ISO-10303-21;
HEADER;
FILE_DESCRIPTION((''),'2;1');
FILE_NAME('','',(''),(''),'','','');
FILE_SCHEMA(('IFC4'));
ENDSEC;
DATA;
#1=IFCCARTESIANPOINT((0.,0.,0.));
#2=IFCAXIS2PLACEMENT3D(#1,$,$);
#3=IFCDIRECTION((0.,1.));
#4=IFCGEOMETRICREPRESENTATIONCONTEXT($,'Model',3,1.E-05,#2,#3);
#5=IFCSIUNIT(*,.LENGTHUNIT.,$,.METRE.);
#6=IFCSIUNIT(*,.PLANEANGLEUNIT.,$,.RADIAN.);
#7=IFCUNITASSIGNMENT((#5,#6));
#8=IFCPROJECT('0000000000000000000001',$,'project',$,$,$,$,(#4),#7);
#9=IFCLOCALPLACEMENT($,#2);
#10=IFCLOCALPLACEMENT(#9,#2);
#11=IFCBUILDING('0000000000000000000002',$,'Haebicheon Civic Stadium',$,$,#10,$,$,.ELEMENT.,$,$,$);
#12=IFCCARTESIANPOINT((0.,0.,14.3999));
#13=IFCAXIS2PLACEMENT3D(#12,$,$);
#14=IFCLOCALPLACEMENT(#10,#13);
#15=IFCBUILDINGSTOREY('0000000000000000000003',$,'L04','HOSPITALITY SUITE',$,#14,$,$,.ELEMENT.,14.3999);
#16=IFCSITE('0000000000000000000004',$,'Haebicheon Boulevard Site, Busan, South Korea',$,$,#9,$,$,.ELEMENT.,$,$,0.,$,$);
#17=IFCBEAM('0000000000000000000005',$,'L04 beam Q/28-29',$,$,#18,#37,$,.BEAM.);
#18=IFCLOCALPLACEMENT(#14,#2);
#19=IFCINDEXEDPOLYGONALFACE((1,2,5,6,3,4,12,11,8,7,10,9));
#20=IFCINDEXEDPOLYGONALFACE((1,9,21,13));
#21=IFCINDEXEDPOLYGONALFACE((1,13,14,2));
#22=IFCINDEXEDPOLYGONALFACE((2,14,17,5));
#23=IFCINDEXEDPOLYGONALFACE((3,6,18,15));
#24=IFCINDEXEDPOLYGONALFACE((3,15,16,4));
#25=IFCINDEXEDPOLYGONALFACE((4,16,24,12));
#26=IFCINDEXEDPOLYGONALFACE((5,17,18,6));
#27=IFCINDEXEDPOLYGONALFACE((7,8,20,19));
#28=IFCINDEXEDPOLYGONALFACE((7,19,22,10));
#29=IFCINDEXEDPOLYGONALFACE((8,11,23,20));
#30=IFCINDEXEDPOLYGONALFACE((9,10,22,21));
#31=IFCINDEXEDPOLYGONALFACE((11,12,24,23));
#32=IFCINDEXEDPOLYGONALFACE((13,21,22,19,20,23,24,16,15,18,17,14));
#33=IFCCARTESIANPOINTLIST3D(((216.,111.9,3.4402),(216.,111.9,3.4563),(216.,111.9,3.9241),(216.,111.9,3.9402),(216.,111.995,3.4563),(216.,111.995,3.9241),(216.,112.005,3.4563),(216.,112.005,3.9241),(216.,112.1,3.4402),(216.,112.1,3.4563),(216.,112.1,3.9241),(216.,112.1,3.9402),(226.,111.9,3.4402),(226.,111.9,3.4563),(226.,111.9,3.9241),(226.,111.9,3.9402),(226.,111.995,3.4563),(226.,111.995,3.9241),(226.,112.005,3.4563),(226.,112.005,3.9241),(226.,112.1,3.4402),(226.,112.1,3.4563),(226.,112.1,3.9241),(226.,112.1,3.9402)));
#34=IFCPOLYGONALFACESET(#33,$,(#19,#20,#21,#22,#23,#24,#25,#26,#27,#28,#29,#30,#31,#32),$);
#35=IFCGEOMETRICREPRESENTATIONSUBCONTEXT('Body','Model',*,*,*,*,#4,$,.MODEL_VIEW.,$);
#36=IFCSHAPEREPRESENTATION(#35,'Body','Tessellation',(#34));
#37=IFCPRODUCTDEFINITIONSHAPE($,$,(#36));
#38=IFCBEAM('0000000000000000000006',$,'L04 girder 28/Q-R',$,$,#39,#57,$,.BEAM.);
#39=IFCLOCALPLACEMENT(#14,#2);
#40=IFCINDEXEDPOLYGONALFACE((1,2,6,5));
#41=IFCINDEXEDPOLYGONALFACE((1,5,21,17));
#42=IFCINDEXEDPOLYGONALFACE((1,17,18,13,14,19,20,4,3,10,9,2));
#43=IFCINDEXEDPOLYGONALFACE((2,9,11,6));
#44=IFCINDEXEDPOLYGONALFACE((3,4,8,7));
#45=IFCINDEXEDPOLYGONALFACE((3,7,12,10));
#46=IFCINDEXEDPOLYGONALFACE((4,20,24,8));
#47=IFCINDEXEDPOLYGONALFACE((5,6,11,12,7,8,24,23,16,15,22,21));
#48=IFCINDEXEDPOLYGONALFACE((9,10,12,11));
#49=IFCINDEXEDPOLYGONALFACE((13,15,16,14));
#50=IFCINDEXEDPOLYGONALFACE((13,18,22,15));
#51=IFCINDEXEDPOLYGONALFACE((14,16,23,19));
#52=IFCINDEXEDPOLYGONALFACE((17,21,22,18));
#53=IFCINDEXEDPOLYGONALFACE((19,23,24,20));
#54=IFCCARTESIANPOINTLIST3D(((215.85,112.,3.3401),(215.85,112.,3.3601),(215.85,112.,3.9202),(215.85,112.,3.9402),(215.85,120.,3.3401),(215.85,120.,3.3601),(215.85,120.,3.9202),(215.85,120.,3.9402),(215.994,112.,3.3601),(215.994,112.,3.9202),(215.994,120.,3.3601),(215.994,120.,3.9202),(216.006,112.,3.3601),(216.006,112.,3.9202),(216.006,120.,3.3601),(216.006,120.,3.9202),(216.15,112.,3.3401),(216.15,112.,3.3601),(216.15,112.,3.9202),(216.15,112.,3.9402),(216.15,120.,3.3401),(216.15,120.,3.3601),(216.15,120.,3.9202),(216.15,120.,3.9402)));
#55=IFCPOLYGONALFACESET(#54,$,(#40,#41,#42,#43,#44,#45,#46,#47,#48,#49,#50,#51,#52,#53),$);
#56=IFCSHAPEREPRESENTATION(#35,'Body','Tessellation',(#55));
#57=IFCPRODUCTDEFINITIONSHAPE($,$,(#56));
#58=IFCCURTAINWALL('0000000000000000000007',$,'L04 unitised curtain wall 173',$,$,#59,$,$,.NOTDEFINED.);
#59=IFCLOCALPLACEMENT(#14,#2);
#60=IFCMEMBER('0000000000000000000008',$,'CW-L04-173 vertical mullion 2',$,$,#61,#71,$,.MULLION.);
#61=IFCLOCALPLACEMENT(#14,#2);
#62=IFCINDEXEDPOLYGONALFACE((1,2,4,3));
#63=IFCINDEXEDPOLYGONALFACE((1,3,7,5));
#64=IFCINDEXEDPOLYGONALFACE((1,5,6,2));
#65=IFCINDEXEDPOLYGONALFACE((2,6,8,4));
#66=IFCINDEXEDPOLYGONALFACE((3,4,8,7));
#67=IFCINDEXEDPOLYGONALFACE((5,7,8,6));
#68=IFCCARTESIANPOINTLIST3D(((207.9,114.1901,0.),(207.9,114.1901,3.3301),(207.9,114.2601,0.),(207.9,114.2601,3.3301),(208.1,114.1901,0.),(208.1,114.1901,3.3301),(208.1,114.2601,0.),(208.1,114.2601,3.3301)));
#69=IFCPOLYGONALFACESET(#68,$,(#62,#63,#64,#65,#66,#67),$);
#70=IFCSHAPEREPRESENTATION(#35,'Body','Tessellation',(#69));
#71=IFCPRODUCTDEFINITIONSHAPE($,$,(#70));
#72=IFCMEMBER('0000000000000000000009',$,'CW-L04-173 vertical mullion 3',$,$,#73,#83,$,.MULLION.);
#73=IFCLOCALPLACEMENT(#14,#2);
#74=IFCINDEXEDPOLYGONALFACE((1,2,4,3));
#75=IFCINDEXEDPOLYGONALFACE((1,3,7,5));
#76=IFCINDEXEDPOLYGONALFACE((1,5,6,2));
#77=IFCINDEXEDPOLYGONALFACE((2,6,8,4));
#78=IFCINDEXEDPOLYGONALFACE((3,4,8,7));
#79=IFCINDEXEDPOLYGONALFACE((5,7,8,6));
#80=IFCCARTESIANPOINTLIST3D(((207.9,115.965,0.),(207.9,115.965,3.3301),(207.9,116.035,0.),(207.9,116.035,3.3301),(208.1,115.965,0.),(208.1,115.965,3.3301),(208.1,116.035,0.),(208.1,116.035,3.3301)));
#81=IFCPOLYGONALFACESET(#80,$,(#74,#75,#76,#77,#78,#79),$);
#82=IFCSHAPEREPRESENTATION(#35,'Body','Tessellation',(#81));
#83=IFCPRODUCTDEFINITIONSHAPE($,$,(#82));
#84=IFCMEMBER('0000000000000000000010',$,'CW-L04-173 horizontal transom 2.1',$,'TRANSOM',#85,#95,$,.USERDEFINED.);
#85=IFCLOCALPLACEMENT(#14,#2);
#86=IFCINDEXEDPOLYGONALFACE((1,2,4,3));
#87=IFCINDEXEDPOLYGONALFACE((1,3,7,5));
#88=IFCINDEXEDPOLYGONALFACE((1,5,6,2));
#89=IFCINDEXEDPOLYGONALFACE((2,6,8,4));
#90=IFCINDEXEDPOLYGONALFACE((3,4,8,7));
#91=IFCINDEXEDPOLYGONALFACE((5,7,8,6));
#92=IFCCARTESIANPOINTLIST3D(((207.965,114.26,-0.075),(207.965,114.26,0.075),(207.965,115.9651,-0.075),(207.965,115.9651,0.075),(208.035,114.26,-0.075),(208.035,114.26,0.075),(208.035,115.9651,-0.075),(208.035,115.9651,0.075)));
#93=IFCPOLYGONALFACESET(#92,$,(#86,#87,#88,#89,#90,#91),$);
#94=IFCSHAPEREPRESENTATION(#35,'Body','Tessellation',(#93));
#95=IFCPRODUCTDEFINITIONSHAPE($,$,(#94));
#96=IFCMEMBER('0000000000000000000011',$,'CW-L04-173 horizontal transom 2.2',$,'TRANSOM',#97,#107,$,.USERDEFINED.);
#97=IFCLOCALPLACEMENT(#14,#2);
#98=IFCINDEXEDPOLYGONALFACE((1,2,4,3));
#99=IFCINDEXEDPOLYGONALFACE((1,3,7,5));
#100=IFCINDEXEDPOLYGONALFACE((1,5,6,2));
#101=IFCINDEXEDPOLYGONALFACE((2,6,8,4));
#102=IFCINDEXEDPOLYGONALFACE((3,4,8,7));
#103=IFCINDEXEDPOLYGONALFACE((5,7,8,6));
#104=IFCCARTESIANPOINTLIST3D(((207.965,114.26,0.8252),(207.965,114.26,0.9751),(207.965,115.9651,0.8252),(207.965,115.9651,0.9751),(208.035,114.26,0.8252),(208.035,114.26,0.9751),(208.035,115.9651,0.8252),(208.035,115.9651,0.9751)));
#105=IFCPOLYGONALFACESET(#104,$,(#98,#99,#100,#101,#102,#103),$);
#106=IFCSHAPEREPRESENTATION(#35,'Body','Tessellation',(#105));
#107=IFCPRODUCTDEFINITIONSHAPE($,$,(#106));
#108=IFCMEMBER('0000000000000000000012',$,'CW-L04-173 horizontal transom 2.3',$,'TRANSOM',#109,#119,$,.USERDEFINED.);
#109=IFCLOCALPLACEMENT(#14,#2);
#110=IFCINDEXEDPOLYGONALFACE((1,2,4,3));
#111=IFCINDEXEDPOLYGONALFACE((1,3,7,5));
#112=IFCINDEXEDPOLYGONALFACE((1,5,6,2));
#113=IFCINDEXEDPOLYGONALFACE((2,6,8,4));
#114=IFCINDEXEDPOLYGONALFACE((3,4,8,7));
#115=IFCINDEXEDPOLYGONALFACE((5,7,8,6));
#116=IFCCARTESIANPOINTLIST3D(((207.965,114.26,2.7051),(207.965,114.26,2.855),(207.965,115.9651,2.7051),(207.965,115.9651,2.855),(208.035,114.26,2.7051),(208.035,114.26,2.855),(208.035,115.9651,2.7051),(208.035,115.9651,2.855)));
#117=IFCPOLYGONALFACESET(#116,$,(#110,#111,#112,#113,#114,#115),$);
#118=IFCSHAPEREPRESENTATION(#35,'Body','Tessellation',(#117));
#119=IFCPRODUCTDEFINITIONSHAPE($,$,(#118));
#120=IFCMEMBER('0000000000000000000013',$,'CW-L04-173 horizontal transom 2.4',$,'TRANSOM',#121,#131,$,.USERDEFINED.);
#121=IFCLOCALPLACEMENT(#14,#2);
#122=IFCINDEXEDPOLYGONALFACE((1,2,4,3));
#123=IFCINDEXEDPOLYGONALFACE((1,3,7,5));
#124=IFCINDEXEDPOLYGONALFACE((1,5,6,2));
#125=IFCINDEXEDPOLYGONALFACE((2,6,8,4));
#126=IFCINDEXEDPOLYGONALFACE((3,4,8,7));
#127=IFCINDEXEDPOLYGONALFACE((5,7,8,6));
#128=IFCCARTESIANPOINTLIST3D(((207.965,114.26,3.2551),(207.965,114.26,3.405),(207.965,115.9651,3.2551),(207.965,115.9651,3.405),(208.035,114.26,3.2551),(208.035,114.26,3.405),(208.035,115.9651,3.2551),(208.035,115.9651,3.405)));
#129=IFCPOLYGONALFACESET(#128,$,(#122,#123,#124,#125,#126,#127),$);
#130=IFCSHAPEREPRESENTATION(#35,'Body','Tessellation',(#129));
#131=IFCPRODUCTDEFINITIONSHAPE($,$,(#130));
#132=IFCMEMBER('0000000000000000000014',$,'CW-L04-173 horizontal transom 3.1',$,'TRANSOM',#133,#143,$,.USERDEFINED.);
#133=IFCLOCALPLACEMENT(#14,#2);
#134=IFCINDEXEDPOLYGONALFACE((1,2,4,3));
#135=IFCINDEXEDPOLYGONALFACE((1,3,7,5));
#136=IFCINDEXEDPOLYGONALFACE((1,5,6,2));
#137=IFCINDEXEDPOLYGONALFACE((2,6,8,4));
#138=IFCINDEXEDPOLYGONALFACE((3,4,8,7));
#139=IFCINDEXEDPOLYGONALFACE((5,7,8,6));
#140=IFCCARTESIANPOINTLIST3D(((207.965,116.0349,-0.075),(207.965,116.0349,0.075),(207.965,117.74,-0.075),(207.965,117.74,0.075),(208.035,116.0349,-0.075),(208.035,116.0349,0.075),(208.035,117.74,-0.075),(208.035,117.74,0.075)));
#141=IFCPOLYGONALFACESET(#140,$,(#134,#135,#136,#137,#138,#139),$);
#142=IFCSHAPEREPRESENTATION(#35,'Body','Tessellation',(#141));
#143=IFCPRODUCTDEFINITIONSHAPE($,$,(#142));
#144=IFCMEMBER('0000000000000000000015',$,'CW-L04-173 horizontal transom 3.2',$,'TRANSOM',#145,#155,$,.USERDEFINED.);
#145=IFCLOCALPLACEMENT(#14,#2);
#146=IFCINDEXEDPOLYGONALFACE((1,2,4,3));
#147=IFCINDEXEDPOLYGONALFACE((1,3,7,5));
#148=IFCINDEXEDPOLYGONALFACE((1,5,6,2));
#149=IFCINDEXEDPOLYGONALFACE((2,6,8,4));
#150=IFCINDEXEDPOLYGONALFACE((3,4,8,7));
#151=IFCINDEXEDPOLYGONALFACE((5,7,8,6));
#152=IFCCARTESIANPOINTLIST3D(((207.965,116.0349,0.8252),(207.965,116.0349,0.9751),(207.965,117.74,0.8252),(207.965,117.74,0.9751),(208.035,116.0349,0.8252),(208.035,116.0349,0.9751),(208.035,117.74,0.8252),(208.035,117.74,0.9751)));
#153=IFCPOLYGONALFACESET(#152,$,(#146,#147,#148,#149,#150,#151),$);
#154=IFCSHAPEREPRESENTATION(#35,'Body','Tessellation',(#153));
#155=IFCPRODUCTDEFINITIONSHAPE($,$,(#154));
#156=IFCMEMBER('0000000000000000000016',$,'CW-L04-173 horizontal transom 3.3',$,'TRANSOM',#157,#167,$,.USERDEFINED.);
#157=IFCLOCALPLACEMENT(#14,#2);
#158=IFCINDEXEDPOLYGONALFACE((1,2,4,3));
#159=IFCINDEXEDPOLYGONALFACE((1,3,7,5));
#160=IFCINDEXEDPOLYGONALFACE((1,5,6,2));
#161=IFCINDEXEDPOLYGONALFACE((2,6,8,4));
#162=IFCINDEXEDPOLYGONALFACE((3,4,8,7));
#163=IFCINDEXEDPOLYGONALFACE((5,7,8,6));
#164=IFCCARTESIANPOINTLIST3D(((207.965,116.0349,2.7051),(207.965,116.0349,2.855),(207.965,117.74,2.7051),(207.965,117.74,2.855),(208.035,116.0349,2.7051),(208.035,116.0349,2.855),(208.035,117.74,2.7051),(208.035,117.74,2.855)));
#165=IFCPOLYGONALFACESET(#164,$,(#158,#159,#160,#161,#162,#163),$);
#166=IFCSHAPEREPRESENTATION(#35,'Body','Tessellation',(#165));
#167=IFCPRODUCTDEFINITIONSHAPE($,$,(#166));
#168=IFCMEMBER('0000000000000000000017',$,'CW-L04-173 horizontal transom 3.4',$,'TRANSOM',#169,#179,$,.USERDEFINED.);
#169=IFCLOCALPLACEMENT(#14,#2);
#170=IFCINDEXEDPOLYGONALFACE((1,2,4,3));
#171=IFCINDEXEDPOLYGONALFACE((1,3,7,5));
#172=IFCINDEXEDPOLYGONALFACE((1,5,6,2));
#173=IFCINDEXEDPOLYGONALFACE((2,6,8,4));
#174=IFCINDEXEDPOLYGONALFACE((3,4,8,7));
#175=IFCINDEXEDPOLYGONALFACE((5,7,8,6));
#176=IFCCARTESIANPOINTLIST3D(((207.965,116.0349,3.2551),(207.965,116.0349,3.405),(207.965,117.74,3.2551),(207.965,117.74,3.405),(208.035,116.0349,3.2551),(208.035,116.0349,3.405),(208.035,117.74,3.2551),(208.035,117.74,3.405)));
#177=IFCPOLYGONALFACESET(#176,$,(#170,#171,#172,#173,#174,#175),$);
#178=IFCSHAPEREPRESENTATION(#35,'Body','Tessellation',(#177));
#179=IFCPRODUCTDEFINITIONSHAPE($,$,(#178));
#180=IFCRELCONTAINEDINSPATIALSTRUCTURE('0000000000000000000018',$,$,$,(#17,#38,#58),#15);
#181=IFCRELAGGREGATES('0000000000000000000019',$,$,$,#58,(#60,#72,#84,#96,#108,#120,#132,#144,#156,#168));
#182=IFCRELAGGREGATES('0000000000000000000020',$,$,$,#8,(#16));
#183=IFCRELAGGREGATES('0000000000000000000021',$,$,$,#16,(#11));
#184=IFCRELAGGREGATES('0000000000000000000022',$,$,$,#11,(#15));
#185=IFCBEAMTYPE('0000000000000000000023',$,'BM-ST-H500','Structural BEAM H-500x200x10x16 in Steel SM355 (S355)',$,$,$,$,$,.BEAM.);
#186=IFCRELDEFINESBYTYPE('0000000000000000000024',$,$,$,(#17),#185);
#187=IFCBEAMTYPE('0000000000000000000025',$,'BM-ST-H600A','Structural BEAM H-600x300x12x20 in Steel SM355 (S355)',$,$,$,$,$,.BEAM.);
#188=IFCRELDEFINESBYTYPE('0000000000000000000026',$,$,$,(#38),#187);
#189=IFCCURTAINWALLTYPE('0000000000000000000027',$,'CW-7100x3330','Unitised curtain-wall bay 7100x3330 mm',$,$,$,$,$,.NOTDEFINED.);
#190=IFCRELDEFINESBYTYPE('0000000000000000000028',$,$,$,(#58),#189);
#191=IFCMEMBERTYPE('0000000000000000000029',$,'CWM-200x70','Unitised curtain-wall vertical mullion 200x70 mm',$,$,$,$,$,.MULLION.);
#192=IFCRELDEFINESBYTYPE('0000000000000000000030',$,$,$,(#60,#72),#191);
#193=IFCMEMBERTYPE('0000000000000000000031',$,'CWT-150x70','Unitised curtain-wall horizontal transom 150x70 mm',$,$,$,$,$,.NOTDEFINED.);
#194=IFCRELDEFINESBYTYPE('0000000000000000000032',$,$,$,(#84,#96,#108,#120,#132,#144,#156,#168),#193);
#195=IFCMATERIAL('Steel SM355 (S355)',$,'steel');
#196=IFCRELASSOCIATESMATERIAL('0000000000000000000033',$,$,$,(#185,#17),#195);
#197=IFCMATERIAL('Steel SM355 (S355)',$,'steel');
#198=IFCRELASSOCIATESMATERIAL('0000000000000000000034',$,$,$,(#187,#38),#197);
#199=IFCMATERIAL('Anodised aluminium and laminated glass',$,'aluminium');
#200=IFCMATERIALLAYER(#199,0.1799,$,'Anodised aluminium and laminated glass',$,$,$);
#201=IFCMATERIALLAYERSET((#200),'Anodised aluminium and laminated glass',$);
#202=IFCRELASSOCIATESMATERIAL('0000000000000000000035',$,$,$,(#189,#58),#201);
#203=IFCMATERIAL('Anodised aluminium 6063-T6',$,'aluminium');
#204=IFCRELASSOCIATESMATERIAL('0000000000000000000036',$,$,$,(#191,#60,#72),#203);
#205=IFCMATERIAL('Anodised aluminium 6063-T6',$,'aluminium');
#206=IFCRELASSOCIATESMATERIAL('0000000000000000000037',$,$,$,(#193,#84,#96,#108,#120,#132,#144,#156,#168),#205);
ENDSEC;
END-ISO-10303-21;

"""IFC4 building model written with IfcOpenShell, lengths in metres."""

from ifc_helpers import new_model, si_unit, direction, frame, origin, origin_2d, place, context, subcontext, project, spatial, rectangle, i_section, extrude, material, layer, layer_set, material_profile, profile_set, type_object, element, aggregate, save


model = new_model("IFC4")

# Units and contexts
model_context = context("Model", 3, precision=1e-05, world=origin(), true_north=direction((0.0, 1.0)))
body_context = subcontext(model_context, "Body", "Model", "MODEL_VIEW")
ifc_project = project(units=[si_unit("LENGTHUNIT", "METRE"), si_unit("PLANEANGLEUNIT", "RADIAN")], contexts=[model_context])

# Site, building, storey
site_placement = place(None, origin())
site = spatial("IfcSite", under=ifc_project, at=site_placement, Name="Haebicheon Boulevard Site, Busan, South Korea", CompositionType="ELEMENT", RefElevation=0.0)
building_placement = place(site_placement, origin())
building = spatial("IfcBuilding", under=site, at=building_placement, Name="Haebicheon Civic Stadium", CompositionType="ELEMENT")
storey_placement = place(building_placement, frame((0.0, 0.0, 14.3999)))
storey = spatial("IfcBuildingStorey", under=building, at=storey_placement, Name="L04", Description="HOSPITALITY SUITE", CompositionType="ELEMENT", Elevation=14.3999)

# Beams
ifc_material_1 = material(Name="Steel SM355 (S355)", Category="steel")
ifc_material_profile_1 = material_profile(ifc_material_1, i_section(OverallWidth=0.2, OverallDepth=0.5, WebThickness=0.01, FlangeThickness=0.0161, at=origin_2d()), Name="H-500x200x10x16")
ifc_profile_set_1 = profile_set([ifc_material_profile_1], Name="Steel SM355 (S355)")
beam_type_1 = type_object("IfcBeamType", Name="BM-ST-H500", Description="Structural BEAM H-500x200x10x16 in Steel SM355 (S355)", PredefinedType="BEAM", material=ifc_profile_set_1)
beam_1_placement = place(storey_placement, frame((216.0, 112.0, 3.6902), z_axis=(1.0, 0.0, 0.0), x_axis=(0.0, 1.0, 0.0)))
element("IfcBeam", 1, at=beam_1_placement, inside=storey, type_object=beam_type_1, material=ifc_profile_set_1, Name="L04 beam Q/28-29", PredefinedType="BEAM", context=body_context, shape_type="SweptSolid", body=[
    extrude(i_section(OverallWidth=0.2, OverallDepth=0.5, WebThickness=0.01, FlangeThickness=0.0161, at=origin_2d()), origin(), (0.0, 0.0, 1.0), 10.0),
])
ifc_material_2 = material(Name="Steel SM355 (S355)", Category="steel")
ifc_material_profile_2 = material_profile(ifc_material_2, i_section(OverallWidth=0.3, OverallDepth=0.6001, WebThickness=0.012, FlangeThickness=0.02, at=origin_2d()), Name="H-600x300x12x20")
ifc_profile_set_2 = profile_set([ifc_material_profile_2], Name="Steel SM355 (S355)")
beam_type_2 = type_object("IfcBeamType", Name="BM-ST-H600A", Description="Structural BEAM H-600x300x12x20 in Steel SM355 (S355)", PredefinedType="BEAM", material=ifc_profile_set_2)
beam_2_placement = place(storey_placement, frame((216.0, 112.0, 3.6401), z_axis=(0.0, 1.0, 0.0), x_axis=(-1.0, 0.0, 0.0)))
element("IfcBeam", 2, at=beam_2_placement, inside=storey, type_object=beam_type_2, material=ifc_profile_set_2, Name="L04 girder 28/Q-R", PredefinedType="BEAM", context=body_context, shape_type="SweptSolid", body=[
    extrude(i_section(OverallWidth=0.3, OverallDepth=0.6001, WebThickness=0.012, FlangeThickness=0.02, at=origin_2d()), origin(), (0.0, 0.0, 1.0), 8.0),
])

# Curtain wall, members
ifc_material_3 = material(Name="Anodised aluminium and laminated glass", Category="aluminium")
ifc_layer_1 = layer(ifc_material_3, 0.1799, Name="Anodised aluminium and laminated glass")
ifc_layer_set_1 = layer_set([ifc_layer_1], Name="Anodised aluminium and laminated glass")
curtain_wall_type = type_object("IfcCurtainWallType", Name="CW-7100x3330", Description="Unitised curtain-wall bay 7100x3330 mm", PredefinedType="NOTDEFINED", material=ifc_layer_set_1)
curtain_wall_placement = place(storey_placement, origin())
curtain_wall = element("IfcCurtainWall", 3, at=curtain_wall_placement, inside=storey, type_object=curtain_wall_type, material=ifc_layer_set_1, Name="L04 unitised curtain wall 173", PredefinedType="NOTDEFINED")
ifc_material_4 = material(Name="Anodised aluminium 6063-T6", Category="aluminium")
ifc_material_profile_3 = material_profile(ifc_material_4, rectangle(XDim=0.0701, YDim=0.2, at=origin_2d()), Name="ALU-MULL-70x200")
ifc_profile_set_3 = profile_set([ifc_material_profile_3], Name="Anodised aluminium 6063-T6")
member_type_1 = type_object("IfcMemberType", Name="CWM-200x70", Description="Unitised curtain-wall vertical mullion 200x70 mm", PredefinedType="MULLION", material=ifc_profile_set_3)
member_1_placement = place(storey_placement, frame((208.0, 114.2251, 0.0), z_axis=(0.0, 0.0, 1.0), x_axis=(0.0, 1.0, 0.0)))
member_1 = element("IfcMember", 4, at=member_1_placement, type_object=member_type_1, material=ifc_profile_set_3, Name="CW-L04-173 vertical mullion 2", PredefinedType="MULLION", context=body_context, shape_type="SweptSolid", body=[
    extrude(rectangle(XDim=0.0701, YDim=0.2, at=origin_2d()), origin(), (0.0, 0.0, 1.0), 3.3301),
])
member_2_placement = place(storey_placement, frame((208.0, 116.0, 0.0), z_axis=(0.0, 0.0, 1.0), x_axis=(0.0, 1.0, 0.0)))
member_2 = element("IfcMember", 5, at=member_2_placement, type_object=member_type_1, material=ifc_profile_set_3, Name="CW-L04-173 vertical mullion 3", PredefinedType="MULLION", context=body_context, shape_type="SweptSolid", body=[
    extrude(rectangle(XDim=0.0701, YDim=0.2, at=origin_2d()), origin(), (0.0, 0.0, 1.0), 3.3301),
])
ifc_material_5 = material(Name="Anodised aluminium 6063-T6", Category="aluminium")
ifc_material_profile_4 = material_profile(ifc_material_5, rectangle(XDim=0.0701, YDim=0.1499, at=origin_2d()), Name="ALU-TRAN-70x150")
ifc_profile_set_4 = profile_set([ifc_material_profile_4], Name="Anodised aluminium 6063-T6")
member_type_2 = type_object("IfcMemberType", Name="CWT-150x70", Description="Unitised curtain-wall horizontal transom 150x70 mm", PredefinedType="NOTDEFINED", material=ifc_profile_set_4)
member_3_placement = place(storey_placement, frame((208.0, 114.26, 0.0), z_axis=(0.0, 1.0, 0.0), x_axis=(-1.0, 0.0, 0.0)))
member_3 = element("IfcMember", 6, at=member_3_placement, type_object=member_type_2, material=ifc_profile_set_4, Name="CW-L04-173 horizontal transom 2.1", ObjectType="TRANSOM", PredefinedType="USERDEFINED", context=body_context, shape_type="SweptSolid", body=[
    extrude(rectangle(XDim=0.0701, YDim=0.1499, at=origin_2d()), origin(), (0.0, 0.0, 1.0), 1.7051),
])
member_4_placement = place(storey_placement, frame((208.0, 114.26, 0.9001), z_axis=(0.0, 1.0, 0.0), x_axis=(-1.0, 0.0, 0.0)))
member_4 = element("IfcMember", 7, at=member_4_placement, type_object=member_type_2, material=ifc_profile_set_4, Name="CW-L04-173 horizontal transom 2.2", ObjectType="TRANSOM", PredefinedType="USERDEFINED", context=body_context, shape_type="SweptSolid", body=[
    extrude(rectangle(XDim=0.0701, YDim=0.1499, at=origin_2d()), origin(), (0.0, 0.0, 1.0), 1.7051),
])
member_5_placement = place(storey_placement, frame((208.0, 114.26, 2.78), z_axis=(0.0, 1.0, 0.0), x_axis=(-1.0, 0.0, 0.0)))
member_5 = element("IfcMember", 8, at=member_5_placement, type_object=member_type_2, material=ifc_profile_set_4, Name="CW-L04-173 horizontal transom 2.3", ObjectType="TRANSOM", PredefinedType="USERDEFINED", context=body_context, shape_type="SweptSolid", body=[
    extrude(rectangle(XDim=0.0701, YDim=0.1499, at=origin_2d()), origin(), (0.0, 0.0, 1.0), 1.7051),
])
member_6_placement = place(storey_placement, frame((208.0, 114.26, 3.3301), z_axis=(0.0, 1.0, 0.0), x_axis=(-1.0, 0.0, 0.0)))
member_6 = element("IfcMember", 9, at=member_6_placement, type_object=member_type_2, material=ifc_profile_set_4, Name="CW-L04-173 horizontal transom 2.4", ObjectType="TRANSOM", PredefinedType="USERDEFINED", context=body_context, shape_type="SweptSolid", body=[
    extrude(rectangle(XDim=0.0701, YDim=0.1499, at=origin_2d()), origin(), (0.0, 0.0, 1.0), 1.7051),
])
member_7_placement = place(storey_placement, frame((208.0, 116.0349, 0.0), z_axis=(0.0, 1.0, 0.0), x_axis=(-1.0, 0.0, 0.0)))
member_7 = element("IfcMember", 10, at=member_7_placement, type_object=member_type_2, material=ifc_profile_set_4, Name="CW-L04-173 horizontal transom 3.1", ObjectType="TRANSOM", PredefinedType="USERDEFINED", context=body_context, shape_type="SweptSolid", body=[
    extrude(rectangle(XDim=0.0701, YDim=0.1499, at=origin_2d()), origin(), (0.0, 0.0, 1.0), 1.7051),
])
member_8_placement = place(storey_placement, frame((208.0, 116.0349, 0.9001), z_axis=(0.0, 1.0, 0.0), x_axis=(-1.0, 0.0, 0.0)))
member_8 = element("IfcMember", 11, at=member_8_placement, type_object=member_type_2, material=ifc_profile_set_4, Name="CW-L04-173 horizontal transom 3.2", ObjectType="TRANSOM", PredefinedType="USERDEFINED", context=body_context, shape_type="SweptSolid", body=[
    extrude(rectangle(XDim=0.0701, YDim=0.1499, at=origin_2d()), origin(), (0.0, 0.0, 1.0), 1.7051),
])
member_9_placement = place(storey_placement, frame((208.0, 116.0349, 2.78), z_axis=(0.0, 1.0, 0.0), x_axis=(-1.0, 0.0, 0.0)))
member_9 = element("IfcMember", 12, at=member_9_placement, type_object=member_type_2, material=ifc_profile_set_4, Name="CW-L04-173 horizontal transom 3.3", ObjectType="TRANSOM", PredefinedType="USERDEFINED", context=body_context, shape_type="SweptSolid", body=[
    extrude(rectangle(XDim=0.0701, YDim=0.1499, at=origin_2d()), origin(), (0.0, 0.0, 1.0), 1.7051),
])
member_10_placement = place(storey_placement, frame((208.0, 116.0349, 3.3301), z_axis=(0.0, 1.0, 0.0), x_axis=(-1.0, 0.0, 0.0)))
member_10 = element("IfcMember", 13, at=member_10_placement, type_object=member_type_2, material=ifc_profile_set_4, Name="CW-L04-173 horizontal transom 3.4", ObjectType="TRANSOM", PredefinedType="USERDEFINED", context=body_context, shape_type="SweptSolid", body=[
    extrude(rectangle(XDim=0.0701, YDim=0.1499, at=origin_2d()), origin(), (0.0, 0.0, 1.0), 1.7051),
])

aggregate(curtain_wall, [member_1, member_2, member_3, member_4, member_5, member_6, member_7, member_8, member_9, member_10])

save(model, "model.ifc")
